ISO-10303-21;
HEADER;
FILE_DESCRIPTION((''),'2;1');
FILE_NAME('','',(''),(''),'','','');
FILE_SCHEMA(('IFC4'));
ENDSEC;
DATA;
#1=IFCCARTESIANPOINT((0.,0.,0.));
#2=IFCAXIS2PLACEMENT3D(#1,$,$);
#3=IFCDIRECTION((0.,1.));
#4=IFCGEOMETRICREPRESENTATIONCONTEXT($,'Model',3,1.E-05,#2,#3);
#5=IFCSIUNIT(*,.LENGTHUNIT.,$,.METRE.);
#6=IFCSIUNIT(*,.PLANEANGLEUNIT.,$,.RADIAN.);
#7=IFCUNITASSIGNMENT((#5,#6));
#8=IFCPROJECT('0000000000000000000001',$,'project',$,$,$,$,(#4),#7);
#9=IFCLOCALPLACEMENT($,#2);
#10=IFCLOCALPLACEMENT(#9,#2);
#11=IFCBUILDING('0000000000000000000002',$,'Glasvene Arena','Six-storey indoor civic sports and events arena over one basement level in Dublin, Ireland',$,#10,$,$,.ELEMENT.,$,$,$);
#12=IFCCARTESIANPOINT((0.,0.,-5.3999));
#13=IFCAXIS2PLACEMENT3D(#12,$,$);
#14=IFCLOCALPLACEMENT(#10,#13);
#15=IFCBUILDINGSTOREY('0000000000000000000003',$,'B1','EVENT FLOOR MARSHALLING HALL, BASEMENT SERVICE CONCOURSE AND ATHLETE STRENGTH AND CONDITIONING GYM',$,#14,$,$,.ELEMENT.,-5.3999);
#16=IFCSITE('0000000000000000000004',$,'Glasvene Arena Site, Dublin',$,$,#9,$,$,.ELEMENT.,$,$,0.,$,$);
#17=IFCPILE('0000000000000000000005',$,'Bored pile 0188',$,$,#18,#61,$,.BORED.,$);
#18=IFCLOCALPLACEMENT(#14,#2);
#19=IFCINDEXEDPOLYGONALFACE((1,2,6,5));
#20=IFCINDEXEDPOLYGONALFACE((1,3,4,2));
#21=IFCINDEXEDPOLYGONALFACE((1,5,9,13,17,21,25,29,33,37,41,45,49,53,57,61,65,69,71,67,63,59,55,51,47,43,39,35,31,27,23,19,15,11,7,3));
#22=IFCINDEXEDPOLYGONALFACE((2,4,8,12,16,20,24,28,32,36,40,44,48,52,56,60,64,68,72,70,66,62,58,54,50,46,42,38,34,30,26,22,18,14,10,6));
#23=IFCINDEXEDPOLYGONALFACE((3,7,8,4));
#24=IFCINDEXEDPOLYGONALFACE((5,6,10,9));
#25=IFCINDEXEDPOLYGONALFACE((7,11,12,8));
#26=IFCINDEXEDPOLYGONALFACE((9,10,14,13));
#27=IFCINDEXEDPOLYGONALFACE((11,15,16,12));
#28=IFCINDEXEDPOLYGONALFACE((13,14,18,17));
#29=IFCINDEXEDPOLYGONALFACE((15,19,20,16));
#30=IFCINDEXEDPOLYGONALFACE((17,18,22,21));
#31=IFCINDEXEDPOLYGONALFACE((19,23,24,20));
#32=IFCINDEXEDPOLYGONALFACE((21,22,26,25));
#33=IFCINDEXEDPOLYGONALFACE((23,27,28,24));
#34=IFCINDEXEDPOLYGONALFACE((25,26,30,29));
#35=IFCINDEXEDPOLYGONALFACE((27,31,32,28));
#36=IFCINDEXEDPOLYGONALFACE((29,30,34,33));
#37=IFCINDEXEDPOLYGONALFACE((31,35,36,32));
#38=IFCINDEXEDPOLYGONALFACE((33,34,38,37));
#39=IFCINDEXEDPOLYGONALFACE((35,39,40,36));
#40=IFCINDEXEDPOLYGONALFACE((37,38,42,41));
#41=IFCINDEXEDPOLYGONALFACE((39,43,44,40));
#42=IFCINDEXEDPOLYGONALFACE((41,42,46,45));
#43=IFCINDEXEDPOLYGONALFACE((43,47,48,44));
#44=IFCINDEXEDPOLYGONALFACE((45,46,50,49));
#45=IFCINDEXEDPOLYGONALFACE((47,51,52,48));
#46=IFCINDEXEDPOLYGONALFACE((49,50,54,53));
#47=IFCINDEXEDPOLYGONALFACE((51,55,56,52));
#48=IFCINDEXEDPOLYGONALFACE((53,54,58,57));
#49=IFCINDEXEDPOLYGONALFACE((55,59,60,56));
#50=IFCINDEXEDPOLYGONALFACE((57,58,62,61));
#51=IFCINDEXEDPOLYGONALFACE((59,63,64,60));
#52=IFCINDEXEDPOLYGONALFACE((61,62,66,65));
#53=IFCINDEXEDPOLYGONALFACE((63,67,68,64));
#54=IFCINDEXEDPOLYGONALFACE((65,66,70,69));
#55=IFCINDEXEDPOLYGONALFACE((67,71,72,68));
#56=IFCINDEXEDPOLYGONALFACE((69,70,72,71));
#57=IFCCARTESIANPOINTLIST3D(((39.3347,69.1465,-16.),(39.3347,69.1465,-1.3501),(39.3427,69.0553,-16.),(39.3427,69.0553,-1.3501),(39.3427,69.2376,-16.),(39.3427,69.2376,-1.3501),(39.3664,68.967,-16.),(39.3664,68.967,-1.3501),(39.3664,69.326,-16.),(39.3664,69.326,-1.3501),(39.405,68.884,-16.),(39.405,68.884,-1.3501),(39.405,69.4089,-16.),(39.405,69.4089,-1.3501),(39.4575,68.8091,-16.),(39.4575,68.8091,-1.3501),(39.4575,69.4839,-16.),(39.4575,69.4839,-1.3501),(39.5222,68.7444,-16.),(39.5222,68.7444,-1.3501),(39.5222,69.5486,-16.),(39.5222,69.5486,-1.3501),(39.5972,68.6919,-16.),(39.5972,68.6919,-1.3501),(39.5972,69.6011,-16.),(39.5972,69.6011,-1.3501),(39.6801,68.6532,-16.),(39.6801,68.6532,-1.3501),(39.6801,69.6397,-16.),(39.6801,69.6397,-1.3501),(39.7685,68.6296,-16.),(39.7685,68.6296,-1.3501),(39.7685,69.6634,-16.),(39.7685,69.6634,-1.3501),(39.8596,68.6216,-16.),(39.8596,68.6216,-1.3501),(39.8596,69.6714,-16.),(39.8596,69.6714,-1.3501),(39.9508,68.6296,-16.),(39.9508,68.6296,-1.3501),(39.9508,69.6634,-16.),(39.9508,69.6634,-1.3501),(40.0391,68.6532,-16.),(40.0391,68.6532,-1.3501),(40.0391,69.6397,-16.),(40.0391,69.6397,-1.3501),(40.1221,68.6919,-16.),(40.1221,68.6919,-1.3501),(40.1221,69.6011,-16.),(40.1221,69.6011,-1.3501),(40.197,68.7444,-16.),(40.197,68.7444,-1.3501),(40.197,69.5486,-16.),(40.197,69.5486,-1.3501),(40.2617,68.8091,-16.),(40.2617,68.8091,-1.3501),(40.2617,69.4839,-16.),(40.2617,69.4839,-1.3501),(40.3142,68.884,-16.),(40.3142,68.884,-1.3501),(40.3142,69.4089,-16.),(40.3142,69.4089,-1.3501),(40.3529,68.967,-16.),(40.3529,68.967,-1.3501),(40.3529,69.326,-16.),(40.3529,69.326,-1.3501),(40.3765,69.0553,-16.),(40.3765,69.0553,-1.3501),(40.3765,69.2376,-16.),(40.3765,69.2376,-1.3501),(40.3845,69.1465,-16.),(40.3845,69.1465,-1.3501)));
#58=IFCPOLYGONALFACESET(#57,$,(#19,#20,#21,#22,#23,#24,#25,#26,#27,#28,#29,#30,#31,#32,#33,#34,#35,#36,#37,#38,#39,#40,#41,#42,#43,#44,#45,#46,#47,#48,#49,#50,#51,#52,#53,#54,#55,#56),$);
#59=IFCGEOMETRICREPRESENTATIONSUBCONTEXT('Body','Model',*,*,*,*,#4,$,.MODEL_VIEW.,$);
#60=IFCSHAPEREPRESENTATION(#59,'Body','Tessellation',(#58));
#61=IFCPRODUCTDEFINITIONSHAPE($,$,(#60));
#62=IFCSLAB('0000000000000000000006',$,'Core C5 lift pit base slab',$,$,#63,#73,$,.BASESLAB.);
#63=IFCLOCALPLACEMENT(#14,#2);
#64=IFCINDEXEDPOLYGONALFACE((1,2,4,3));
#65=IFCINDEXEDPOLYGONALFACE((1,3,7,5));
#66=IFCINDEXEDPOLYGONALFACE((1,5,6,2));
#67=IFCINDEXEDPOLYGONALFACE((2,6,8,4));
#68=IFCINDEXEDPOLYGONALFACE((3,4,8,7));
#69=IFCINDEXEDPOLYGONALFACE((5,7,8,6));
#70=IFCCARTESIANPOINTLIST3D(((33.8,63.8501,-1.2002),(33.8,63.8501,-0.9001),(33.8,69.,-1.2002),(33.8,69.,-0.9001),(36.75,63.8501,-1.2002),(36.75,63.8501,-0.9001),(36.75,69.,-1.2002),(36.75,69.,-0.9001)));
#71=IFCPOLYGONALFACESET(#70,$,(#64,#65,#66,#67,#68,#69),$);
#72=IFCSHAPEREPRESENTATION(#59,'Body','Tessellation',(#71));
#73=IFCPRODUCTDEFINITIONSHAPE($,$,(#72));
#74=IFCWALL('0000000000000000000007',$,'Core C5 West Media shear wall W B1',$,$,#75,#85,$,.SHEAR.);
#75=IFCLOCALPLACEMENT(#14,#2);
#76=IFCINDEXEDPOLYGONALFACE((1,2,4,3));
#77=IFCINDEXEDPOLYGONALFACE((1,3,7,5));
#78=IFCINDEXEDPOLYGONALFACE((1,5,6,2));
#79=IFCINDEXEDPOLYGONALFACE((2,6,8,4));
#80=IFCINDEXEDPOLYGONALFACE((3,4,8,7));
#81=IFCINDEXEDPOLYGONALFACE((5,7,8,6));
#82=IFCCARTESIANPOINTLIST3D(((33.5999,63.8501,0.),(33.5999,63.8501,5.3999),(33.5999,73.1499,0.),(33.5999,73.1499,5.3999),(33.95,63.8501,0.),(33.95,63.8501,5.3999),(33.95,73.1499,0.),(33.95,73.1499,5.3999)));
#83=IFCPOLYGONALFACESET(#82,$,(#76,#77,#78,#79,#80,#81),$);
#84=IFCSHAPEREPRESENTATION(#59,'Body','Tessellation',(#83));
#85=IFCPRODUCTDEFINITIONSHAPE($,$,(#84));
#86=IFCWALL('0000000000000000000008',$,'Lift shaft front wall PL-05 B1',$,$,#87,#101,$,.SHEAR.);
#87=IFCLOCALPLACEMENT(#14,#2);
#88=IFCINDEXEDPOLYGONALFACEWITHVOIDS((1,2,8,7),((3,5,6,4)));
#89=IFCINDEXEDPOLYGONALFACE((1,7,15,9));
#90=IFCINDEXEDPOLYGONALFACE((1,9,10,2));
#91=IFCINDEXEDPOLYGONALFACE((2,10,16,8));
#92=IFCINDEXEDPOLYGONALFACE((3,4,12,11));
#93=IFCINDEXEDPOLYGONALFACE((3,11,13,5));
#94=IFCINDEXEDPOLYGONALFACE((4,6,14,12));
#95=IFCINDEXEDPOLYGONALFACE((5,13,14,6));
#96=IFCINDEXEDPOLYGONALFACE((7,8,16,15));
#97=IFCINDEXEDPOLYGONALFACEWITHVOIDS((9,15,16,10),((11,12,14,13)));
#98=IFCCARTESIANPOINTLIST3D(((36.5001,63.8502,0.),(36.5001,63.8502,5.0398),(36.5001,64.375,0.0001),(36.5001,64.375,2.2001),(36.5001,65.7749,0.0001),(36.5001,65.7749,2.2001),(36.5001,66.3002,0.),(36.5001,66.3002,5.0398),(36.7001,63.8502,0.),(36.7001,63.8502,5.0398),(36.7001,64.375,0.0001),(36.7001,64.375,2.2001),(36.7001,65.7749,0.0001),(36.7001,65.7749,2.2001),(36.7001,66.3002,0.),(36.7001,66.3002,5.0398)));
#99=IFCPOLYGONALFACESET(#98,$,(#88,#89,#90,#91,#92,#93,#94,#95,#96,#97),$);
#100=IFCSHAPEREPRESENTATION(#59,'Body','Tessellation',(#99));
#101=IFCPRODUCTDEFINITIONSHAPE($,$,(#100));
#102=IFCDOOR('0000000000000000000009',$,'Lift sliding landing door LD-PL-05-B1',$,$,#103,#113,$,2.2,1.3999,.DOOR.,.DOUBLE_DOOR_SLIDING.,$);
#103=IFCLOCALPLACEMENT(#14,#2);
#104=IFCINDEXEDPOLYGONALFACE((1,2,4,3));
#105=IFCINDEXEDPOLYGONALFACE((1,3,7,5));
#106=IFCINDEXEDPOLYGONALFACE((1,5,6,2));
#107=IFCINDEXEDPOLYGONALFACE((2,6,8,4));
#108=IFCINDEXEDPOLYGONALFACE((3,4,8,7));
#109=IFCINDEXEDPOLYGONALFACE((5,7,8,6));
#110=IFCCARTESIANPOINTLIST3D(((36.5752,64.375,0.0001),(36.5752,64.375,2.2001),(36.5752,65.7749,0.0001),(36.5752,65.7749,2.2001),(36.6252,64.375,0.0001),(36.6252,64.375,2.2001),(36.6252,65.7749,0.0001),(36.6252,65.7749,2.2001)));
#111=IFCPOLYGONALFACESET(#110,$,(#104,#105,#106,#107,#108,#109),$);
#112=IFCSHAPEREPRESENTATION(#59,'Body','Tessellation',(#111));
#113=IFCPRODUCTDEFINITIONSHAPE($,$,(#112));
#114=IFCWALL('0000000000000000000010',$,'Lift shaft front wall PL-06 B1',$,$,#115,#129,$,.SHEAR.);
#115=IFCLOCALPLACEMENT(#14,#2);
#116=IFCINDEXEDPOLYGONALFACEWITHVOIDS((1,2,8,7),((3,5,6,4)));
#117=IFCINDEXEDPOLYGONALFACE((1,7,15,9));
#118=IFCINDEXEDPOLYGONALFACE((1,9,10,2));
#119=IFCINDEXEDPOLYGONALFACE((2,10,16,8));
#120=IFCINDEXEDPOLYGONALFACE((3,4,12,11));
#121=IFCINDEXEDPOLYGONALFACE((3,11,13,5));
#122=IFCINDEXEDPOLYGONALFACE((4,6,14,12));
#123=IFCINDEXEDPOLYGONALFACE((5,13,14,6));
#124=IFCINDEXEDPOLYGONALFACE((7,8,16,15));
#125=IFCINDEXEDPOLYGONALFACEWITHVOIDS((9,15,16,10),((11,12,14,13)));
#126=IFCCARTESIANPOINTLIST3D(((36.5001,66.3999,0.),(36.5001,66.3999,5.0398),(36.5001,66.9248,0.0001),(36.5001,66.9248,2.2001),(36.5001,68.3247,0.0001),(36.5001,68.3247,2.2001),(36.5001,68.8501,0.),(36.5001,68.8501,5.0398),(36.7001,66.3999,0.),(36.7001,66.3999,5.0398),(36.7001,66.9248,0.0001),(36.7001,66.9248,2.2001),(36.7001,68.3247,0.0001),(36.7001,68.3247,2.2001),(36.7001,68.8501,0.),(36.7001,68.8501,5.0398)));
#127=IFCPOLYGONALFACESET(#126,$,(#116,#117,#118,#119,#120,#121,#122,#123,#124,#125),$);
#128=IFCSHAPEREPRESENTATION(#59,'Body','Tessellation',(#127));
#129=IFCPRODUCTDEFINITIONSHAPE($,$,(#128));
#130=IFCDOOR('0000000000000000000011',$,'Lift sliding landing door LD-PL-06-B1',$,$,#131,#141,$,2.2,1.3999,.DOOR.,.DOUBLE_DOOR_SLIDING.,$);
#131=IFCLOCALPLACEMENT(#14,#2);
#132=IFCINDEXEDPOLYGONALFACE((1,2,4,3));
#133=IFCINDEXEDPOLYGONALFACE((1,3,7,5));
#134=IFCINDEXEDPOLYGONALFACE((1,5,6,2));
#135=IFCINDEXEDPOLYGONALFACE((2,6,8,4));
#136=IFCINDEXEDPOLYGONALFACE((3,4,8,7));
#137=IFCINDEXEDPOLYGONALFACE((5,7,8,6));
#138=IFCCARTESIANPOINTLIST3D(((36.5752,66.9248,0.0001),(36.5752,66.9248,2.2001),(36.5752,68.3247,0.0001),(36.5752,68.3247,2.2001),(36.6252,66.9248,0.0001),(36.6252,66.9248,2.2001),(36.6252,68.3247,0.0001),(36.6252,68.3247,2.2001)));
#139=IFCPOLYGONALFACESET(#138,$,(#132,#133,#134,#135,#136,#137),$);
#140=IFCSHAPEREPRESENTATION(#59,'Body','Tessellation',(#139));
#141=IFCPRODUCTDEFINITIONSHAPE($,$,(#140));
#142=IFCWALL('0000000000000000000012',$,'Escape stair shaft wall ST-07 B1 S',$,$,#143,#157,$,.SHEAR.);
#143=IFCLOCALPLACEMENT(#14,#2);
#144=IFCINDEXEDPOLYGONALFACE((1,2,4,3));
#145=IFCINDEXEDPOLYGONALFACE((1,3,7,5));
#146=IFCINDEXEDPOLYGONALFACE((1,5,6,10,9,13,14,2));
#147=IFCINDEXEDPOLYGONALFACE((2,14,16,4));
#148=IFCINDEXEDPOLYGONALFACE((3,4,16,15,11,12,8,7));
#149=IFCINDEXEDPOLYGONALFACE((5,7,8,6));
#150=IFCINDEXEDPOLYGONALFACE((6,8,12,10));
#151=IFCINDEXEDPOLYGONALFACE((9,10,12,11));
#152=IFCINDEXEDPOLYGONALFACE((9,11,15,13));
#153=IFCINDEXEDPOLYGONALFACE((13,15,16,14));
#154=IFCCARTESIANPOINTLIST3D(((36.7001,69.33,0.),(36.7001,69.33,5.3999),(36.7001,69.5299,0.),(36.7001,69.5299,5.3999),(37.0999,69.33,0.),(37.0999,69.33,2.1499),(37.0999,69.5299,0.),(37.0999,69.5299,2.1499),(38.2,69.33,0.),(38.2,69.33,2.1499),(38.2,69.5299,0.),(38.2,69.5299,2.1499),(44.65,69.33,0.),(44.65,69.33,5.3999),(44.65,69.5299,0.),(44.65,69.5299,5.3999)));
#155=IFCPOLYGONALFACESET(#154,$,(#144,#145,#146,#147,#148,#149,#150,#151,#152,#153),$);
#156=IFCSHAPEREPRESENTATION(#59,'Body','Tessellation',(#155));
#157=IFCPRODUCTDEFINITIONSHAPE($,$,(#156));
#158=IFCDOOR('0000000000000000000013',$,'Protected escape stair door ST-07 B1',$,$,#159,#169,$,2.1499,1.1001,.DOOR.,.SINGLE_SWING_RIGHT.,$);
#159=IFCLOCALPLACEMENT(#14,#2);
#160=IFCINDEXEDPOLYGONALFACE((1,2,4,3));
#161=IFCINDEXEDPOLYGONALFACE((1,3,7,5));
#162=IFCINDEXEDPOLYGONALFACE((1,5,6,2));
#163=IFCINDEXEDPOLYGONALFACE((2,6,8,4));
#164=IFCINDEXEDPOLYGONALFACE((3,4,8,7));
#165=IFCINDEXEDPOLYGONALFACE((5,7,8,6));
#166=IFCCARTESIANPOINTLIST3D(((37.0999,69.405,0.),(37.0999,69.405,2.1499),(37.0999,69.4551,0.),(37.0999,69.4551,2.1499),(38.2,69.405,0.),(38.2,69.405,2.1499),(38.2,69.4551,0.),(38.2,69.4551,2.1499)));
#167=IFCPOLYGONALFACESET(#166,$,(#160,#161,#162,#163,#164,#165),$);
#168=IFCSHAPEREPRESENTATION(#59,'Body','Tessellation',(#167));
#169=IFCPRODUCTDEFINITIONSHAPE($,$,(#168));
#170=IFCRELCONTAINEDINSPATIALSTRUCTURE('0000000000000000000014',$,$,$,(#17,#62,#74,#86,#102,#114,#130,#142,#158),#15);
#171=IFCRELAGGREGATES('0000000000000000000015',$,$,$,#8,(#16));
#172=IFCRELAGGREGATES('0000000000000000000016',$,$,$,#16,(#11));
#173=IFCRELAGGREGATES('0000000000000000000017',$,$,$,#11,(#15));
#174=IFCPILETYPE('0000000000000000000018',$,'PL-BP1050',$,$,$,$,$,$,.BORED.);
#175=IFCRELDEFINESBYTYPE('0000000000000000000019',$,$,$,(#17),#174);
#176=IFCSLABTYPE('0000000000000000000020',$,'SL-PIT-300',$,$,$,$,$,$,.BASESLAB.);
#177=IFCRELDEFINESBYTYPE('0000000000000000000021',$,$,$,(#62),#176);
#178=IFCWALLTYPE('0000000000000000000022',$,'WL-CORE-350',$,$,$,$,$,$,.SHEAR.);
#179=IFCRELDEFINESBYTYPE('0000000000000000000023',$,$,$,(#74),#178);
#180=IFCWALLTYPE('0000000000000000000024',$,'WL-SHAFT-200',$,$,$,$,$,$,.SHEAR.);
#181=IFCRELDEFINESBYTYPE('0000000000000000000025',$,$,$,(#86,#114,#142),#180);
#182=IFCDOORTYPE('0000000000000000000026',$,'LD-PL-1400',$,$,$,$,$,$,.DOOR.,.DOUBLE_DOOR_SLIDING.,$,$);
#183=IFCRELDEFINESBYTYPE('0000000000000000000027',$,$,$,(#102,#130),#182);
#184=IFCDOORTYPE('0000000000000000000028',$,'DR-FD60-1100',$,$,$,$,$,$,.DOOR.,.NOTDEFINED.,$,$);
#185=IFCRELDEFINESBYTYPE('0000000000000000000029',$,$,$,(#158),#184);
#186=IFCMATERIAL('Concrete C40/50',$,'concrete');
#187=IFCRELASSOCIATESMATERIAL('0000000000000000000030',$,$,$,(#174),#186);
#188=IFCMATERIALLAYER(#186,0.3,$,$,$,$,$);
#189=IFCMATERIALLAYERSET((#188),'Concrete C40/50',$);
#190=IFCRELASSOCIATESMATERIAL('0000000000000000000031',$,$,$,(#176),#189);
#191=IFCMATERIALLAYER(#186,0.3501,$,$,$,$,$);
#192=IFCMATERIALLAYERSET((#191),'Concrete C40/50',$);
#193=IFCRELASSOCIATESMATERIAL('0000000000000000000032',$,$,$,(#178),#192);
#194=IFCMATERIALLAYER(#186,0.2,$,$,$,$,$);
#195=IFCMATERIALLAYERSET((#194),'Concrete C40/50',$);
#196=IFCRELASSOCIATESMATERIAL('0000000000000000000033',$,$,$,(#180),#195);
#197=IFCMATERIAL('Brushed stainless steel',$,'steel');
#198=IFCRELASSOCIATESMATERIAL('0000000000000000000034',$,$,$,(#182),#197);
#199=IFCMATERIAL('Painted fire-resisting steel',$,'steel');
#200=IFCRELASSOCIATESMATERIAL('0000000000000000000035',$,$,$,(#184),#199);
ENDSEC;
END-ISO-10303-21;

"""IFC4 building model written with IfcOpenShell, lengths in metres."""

from ifc_helpers import new_model, si_unit, direction, frame, frame_2d, origin, origin_2d, place, context, subcontext, project, spatial, polyline, rectangle, circle, outline, extrude, material, layer, layer_set, material_profile, profile_set, type_object, element, fill, save


model = new_model("IFC4")

# Units and contexts
model_context = context("Model", 3, precision=1e-05, world=origin(), true_north=direction((0.0, 1.0)))
body_context = subcontext(model_context, "Body", "Model", "MODEL_VIEW")
ifc_project = project(units=[si_unit("LENGTHUNIT", "METRE"), si_unit("PLANEANGLEUNIT", "RADIAN")], contexts=[model_context])

# Site, building, storey
site_placement = place(None, origin())
site = spatial("IfcSite", under=ifc_project, at=site_placement, Name="Glasvene Arena Site, Dublin", CompositionType="ELEMENT", RefElevation=0.0)
building_placement = place(site_placement, origin())
building = spatial("IfcBuilding", under=site, at=building_placement, Name="Glasvene Arena", Description="Six-storey indoor civic sports and events arena over one basement level in Dublin, Ireland", CompositionType="ELEMENT")
storey_placement = place(building_placement, frame((0.0, 0.0, -5.3999)))
storey = spatial("IfcBuildingStorey", under=building, at=storey_placement, Name="B1", Description="EVENT FLOOR MARSHALLING HALL, BASEMENT SERVICE CONCOURSE AND ATHLETE STRENGTH AND CONDITIONING GYM", CompositionType="ELEMENT", Elevation=-5.3999)

# Pile
ifc_material_1 = material(Name="Concrete C40/50", Category="concrete")
ifc_material_profile = material_profile(ifc_material_1, circle(Radius=0.5249, at=origin_2d()), Name="BORED PILE 1050")
ifc_profile_set = profile_set([ifc_material_profile], Name="Concrete C40/50")
pile_type = type_object("IfcPileType", Name="PL-BP1050", PredefinedType="BORED", material=ifc_profile_set)
for number, where, z_axis, x_axis, name in (
    (1, (39.8596, 69.1465, -1.3501), (0.0, 0.0, -1.0), (1.0, 0.0, 0.0), "Bored pile 0188"),
):
    element("IfcPile", number, at=place(storey_placement, frame(where, z_axis=z_axis, x_axis=x_axis)), inside=storey, type_object=pile_type, Name=name, PredefinedType="BORED", context=body_context, shape_type="SweptSolid", body=[
        extrude(circle(Radius=0.5249, at=origin_2d()), origin(), (0.0, 0.0, 1.0), 14.6499),
    ])

# Slab
ifc_layer_1 = layer(ifc_material_1, 0.3)
ifc_layer_set_1 = layer_set([ifc_layer_1], Name="Concrete C40/50")
slab_type = type_object("IfcSlabType", Name="SL-PIT-300", PredefinedType="BASESLAB", material=ifc_layer_set_1)
slab_placement = place(storey_placement, frame((35.2749, 66.425, -1.2002)))
element("IfcSlab", 2, at=slab_placement, inside=storey, type_object=slab_type, Name="Core C5 lift pit base slab", PredefinedType="BASESLAB", context=body_context, shape_type="SweptSolid", body=[
    extrude(outline(polyline([(-1.4749, -2.575), (1.4751, -2.575), (1.4751, 2.575), (-1.4749, 2.575), (-1.4749, -2.575)])), origin(), (0.0, 0.0, 1.0), 0.3),
])

# Wall
ifc_layer_2 = layer(ifc_material_1, 0.3501)
ifc_layer_set_2 = layer_set([ifc_layer_2], Name="Concrete C40/50")
wall_type_1 = type_object("IfcWallType", Name="WL-CORE-350", PredefinedType="SHEAR", material=ifc_layer_set_2)
wall_1_placement = place(storey_placement, frame((33.7749, 63.8501, 0.0), z_axis=(0.0, 0.0, 1.0), x_axis=(0.0, 1.0, 0.0)))
element("IfcWall", 3, at=wall_1_placement, inside=storey, type_object=wall_type_1, Name="Core C5 West Media shear wall W B1", PredefinedType="SHEAR", context=body_context, shape_type="SweptSolid", body=[
    extrude(rectangle(XDim=9.2998, YDim=0.3501, at=frame_2d((4.6499, 0.0))), origin(), (0.0, 0.0, 1.0), 5.3999),
])

# Walls, openings, doors
ifc_layer_3 = layer(ifc_material_1, 0.2)
ifc_layer_set_3 = layer_set([ifc_layer_3], Name="Concrete C40/50")
wall_type_2 = type_object("IfcWallType", Name="WL-SHAFT-200", PredefinedType="SHEAR", material=ifc_layer_set_3)
wall_2_placement = place(storey_placement, frame((36.6001, 63.8501, 0.0), z_axis=(0.0, 0.0, 1.0), x_axis=(0.0, 1.0, 0.0)))
wall_2 = element("IfcWall", 4, at=wall_2_placement, inside=storey, type_object=wall_type_2, Name="Lift shaft front wall PL-05 B1", PredefinedType="SHEAR", context=body_context, shape_type="SweptSolid", body=[
    extrude(rectangle(XDim=2.45, YDim=0.2, at=frame_2d((1.2251, 0.0))), origin(), (0.0, 0.0, 1.0), 5.0398),
])
opening_1_placement = place(wall_2_placement, frame((0.5249, 0.0, 0.0)))
opening_1 = element("IfcOpeningElement", 5, at=opening_1_placement, cuts=wall_2, PredefinedType="OPENING", context=body_context, shape_type="SweptSolid", body=[
    extrude(rectangle(XDim=1.3999, YDim=2.2, at=frame_2d((0.7, 1.1001))), frame((0.0, 0.1099, 0.0), z_axis=(0.0, -1.0, 0.0), x_axis=(1.0, 0.0, 0.0)), (0.0, 0.0, 1.0), 0.22),
])
ifc_material_2 = material(Name="Brushed stainless steel", Category="steel")
door_type_1 = type_object("IfcDoorType", Name="LD-PL-1400", OperationType="DOUBLE_DOOR_SLIDING", PredefinedType="DOOR", material=ifc_material_2)
door_1_placement = place(opening_1_placement, origin())
door_1 = element("IfcDoor", 6, at=door_1_placement, inside=storey, type_object=door_type_1, Name="Lift sliding landing door LD-PL-05-B1", OperationType="DOUBLE_DOOR_SLIDING", OverallHeight=2.2, OverallWidth=1.3999, PredefinedType="DOOR", context=body_context, shape_type="SweptSolid", body=[
    extrude(rectangle(XDim=1.3999, YDim=2.2, at=frame_2d((0.7, 1.1001))), frame((0.0, 0.0249, 0.0), z_axis=(0.0, -1.0, 0.0), x_axis=(1.0, 0.0, 0.0)), (0.0, 0.0, 1.0), 0.05),
])
fill(opening_1, door_1)
wall_3_placement = place(storey_placement, frame((36.6001, 66.3999, 0.0), z_axis=(0.0, 0.0, 1.0), x_axis=(0.0, 1.0, 0.0)))
wall_3 = element("IfcWall", 7, at=wall_3_placement, inside=storey, type_object=wall_type_2, Name="Lift shaft front wall PL-06 B1", PredefinedType="SHEAR", context=body_context, shape_type="SweptSolid", body=[
    extrude(rectangle(XDim=2.4502, YDim=0.2, at=frame_2d((1.2251, 0.0))), origin(), (0.0, 0.0, 1.0), 5.0398),
])
opening_2_placement = place(wall_3_placement, frame((0.5249, 0.0, 0.0)))
opening_2 = element("IfcOpeningElement", 8, at=opening_2_placement, cuts=wall_3, PredefinedType="OPENING", context=body_context, shape_type="SweptSolid", body=[
    extrude(rectangle(XDim=1.3999, YDim=2.2, at=frame_2d((0.7, 1.1001))), frame((0.0, 0.1099, 0.0), z_axis=(0.0, -1.0, 0.0), x_axis=(1.0, 0.0, 0.0)), (0.0, 0.0, 1.0), 0.22),
])
door_2_placement = place(opening_2_placement, origin())
door_2 = element("IfcDoor", 9, at=door_2_placement, inside=storey, type_object=door_type_1, Name="Lift sliding landing door LD-PL-06-B1", OperationType="DOUBLE_DOOR_SLIDING", OverallHeight=2.2, OverallWidth=1.3999, PredefinedType="DOOR", context=body_context, shape_type="SweptSolid", body=[
    extrude(rectangle(XDim=1.3999, YDim=2.2, at=frame_2d((0.7, 1.1001))), frame((0.0, 0.0249, 0.0), z_axis=(0.0, -1.0, 0.0), x_axis=(1.0, 0.0, 0.0)), (0.0, 0.0, 1.0), 0.05),
])
fill(opening_2, door_2)
wall_4_placement = place(storey_placement, frame((36.7, 69.4299, 0.0), z_axis=(0.0, 0.0, 1.0), x_axis=(1.0, 0.0, 0.0)))
wall_4 = element("IfcWall", 10, at=wall_4_placement, inside=storey, type_object=wall_type_2, Name="Escape stair shaft wall ST-07 B1 S", PredefinedType="SHEAR", context=body_context, shape_type="SweptSolid", body=[
    extrude(rectangle(XDim=7.95, YDim=0.2, at=frame_2d((3.9751, 0.0))), origin(), (0.0, 0.0, 1.0), 5.3999),
])
opening_3_placement = place(wall_4_placement, frame((0.3999, 0.0, 0.0)))
opening_3 = element("IfcOpeningElement", 11, at=opening_3_placement, cuts=wall_4, PredefinedType="OPENING", context=body_context, shape_type="SweptSolid", body=[
    extrude(rectangle(XDim=1.1001, YDim=2.1499, at=frame_2d((0.55, 1.075))), frame((0.0, 0.1099, 0.0), z_axis=(0.0, -1.0, 0.0), x_axis=(1.0, 0.0, 0.0)), (0.0, 0.0, 1.0), 0.22),
])
ifc_material_3 = material(Name="Painted fire-resisting steel", Category="steel")
door_type_2 = type_object("IfcDoorType", Name="DR-FD60-1100", OperationType="NOTDEFINED", PredefinedType="DOOR", material=ifc_material_3)
door_3_placement = place(opening_3_placement, frame((1.1001, 0.0, 0.0), z_axis=(0.0, 0.0, 1.0), x_axis=(-1.0, 0.0, 0.0)))
door_3 = element("IfcDoor", 12, at=door_3_placement, inside=storey, type_object=door_type_2, Name="Protected escape stair door ST-07 B1", OperationType="SINGLE_SWING_RIGHT", OverallHeight=2.1499, OverallWidth=1.1001, PredefinedType="DOOR", context=body_context, shape_type="SweptSolid", body=[
    extrude(rectangle(XDim=1.1001, YDim=2.1499, at=frame_2d((0.55, 1.075))), frame((0.0, 0.0249, 0.0), z_axis=(0.0, -1.0, 0.0), x_axis=(1.0, 0.0, 0.0)), (0.0, 0.0, 1.0), 0.05),
])
fill(opening_3, door_3)

save(model, "model.ifc")
